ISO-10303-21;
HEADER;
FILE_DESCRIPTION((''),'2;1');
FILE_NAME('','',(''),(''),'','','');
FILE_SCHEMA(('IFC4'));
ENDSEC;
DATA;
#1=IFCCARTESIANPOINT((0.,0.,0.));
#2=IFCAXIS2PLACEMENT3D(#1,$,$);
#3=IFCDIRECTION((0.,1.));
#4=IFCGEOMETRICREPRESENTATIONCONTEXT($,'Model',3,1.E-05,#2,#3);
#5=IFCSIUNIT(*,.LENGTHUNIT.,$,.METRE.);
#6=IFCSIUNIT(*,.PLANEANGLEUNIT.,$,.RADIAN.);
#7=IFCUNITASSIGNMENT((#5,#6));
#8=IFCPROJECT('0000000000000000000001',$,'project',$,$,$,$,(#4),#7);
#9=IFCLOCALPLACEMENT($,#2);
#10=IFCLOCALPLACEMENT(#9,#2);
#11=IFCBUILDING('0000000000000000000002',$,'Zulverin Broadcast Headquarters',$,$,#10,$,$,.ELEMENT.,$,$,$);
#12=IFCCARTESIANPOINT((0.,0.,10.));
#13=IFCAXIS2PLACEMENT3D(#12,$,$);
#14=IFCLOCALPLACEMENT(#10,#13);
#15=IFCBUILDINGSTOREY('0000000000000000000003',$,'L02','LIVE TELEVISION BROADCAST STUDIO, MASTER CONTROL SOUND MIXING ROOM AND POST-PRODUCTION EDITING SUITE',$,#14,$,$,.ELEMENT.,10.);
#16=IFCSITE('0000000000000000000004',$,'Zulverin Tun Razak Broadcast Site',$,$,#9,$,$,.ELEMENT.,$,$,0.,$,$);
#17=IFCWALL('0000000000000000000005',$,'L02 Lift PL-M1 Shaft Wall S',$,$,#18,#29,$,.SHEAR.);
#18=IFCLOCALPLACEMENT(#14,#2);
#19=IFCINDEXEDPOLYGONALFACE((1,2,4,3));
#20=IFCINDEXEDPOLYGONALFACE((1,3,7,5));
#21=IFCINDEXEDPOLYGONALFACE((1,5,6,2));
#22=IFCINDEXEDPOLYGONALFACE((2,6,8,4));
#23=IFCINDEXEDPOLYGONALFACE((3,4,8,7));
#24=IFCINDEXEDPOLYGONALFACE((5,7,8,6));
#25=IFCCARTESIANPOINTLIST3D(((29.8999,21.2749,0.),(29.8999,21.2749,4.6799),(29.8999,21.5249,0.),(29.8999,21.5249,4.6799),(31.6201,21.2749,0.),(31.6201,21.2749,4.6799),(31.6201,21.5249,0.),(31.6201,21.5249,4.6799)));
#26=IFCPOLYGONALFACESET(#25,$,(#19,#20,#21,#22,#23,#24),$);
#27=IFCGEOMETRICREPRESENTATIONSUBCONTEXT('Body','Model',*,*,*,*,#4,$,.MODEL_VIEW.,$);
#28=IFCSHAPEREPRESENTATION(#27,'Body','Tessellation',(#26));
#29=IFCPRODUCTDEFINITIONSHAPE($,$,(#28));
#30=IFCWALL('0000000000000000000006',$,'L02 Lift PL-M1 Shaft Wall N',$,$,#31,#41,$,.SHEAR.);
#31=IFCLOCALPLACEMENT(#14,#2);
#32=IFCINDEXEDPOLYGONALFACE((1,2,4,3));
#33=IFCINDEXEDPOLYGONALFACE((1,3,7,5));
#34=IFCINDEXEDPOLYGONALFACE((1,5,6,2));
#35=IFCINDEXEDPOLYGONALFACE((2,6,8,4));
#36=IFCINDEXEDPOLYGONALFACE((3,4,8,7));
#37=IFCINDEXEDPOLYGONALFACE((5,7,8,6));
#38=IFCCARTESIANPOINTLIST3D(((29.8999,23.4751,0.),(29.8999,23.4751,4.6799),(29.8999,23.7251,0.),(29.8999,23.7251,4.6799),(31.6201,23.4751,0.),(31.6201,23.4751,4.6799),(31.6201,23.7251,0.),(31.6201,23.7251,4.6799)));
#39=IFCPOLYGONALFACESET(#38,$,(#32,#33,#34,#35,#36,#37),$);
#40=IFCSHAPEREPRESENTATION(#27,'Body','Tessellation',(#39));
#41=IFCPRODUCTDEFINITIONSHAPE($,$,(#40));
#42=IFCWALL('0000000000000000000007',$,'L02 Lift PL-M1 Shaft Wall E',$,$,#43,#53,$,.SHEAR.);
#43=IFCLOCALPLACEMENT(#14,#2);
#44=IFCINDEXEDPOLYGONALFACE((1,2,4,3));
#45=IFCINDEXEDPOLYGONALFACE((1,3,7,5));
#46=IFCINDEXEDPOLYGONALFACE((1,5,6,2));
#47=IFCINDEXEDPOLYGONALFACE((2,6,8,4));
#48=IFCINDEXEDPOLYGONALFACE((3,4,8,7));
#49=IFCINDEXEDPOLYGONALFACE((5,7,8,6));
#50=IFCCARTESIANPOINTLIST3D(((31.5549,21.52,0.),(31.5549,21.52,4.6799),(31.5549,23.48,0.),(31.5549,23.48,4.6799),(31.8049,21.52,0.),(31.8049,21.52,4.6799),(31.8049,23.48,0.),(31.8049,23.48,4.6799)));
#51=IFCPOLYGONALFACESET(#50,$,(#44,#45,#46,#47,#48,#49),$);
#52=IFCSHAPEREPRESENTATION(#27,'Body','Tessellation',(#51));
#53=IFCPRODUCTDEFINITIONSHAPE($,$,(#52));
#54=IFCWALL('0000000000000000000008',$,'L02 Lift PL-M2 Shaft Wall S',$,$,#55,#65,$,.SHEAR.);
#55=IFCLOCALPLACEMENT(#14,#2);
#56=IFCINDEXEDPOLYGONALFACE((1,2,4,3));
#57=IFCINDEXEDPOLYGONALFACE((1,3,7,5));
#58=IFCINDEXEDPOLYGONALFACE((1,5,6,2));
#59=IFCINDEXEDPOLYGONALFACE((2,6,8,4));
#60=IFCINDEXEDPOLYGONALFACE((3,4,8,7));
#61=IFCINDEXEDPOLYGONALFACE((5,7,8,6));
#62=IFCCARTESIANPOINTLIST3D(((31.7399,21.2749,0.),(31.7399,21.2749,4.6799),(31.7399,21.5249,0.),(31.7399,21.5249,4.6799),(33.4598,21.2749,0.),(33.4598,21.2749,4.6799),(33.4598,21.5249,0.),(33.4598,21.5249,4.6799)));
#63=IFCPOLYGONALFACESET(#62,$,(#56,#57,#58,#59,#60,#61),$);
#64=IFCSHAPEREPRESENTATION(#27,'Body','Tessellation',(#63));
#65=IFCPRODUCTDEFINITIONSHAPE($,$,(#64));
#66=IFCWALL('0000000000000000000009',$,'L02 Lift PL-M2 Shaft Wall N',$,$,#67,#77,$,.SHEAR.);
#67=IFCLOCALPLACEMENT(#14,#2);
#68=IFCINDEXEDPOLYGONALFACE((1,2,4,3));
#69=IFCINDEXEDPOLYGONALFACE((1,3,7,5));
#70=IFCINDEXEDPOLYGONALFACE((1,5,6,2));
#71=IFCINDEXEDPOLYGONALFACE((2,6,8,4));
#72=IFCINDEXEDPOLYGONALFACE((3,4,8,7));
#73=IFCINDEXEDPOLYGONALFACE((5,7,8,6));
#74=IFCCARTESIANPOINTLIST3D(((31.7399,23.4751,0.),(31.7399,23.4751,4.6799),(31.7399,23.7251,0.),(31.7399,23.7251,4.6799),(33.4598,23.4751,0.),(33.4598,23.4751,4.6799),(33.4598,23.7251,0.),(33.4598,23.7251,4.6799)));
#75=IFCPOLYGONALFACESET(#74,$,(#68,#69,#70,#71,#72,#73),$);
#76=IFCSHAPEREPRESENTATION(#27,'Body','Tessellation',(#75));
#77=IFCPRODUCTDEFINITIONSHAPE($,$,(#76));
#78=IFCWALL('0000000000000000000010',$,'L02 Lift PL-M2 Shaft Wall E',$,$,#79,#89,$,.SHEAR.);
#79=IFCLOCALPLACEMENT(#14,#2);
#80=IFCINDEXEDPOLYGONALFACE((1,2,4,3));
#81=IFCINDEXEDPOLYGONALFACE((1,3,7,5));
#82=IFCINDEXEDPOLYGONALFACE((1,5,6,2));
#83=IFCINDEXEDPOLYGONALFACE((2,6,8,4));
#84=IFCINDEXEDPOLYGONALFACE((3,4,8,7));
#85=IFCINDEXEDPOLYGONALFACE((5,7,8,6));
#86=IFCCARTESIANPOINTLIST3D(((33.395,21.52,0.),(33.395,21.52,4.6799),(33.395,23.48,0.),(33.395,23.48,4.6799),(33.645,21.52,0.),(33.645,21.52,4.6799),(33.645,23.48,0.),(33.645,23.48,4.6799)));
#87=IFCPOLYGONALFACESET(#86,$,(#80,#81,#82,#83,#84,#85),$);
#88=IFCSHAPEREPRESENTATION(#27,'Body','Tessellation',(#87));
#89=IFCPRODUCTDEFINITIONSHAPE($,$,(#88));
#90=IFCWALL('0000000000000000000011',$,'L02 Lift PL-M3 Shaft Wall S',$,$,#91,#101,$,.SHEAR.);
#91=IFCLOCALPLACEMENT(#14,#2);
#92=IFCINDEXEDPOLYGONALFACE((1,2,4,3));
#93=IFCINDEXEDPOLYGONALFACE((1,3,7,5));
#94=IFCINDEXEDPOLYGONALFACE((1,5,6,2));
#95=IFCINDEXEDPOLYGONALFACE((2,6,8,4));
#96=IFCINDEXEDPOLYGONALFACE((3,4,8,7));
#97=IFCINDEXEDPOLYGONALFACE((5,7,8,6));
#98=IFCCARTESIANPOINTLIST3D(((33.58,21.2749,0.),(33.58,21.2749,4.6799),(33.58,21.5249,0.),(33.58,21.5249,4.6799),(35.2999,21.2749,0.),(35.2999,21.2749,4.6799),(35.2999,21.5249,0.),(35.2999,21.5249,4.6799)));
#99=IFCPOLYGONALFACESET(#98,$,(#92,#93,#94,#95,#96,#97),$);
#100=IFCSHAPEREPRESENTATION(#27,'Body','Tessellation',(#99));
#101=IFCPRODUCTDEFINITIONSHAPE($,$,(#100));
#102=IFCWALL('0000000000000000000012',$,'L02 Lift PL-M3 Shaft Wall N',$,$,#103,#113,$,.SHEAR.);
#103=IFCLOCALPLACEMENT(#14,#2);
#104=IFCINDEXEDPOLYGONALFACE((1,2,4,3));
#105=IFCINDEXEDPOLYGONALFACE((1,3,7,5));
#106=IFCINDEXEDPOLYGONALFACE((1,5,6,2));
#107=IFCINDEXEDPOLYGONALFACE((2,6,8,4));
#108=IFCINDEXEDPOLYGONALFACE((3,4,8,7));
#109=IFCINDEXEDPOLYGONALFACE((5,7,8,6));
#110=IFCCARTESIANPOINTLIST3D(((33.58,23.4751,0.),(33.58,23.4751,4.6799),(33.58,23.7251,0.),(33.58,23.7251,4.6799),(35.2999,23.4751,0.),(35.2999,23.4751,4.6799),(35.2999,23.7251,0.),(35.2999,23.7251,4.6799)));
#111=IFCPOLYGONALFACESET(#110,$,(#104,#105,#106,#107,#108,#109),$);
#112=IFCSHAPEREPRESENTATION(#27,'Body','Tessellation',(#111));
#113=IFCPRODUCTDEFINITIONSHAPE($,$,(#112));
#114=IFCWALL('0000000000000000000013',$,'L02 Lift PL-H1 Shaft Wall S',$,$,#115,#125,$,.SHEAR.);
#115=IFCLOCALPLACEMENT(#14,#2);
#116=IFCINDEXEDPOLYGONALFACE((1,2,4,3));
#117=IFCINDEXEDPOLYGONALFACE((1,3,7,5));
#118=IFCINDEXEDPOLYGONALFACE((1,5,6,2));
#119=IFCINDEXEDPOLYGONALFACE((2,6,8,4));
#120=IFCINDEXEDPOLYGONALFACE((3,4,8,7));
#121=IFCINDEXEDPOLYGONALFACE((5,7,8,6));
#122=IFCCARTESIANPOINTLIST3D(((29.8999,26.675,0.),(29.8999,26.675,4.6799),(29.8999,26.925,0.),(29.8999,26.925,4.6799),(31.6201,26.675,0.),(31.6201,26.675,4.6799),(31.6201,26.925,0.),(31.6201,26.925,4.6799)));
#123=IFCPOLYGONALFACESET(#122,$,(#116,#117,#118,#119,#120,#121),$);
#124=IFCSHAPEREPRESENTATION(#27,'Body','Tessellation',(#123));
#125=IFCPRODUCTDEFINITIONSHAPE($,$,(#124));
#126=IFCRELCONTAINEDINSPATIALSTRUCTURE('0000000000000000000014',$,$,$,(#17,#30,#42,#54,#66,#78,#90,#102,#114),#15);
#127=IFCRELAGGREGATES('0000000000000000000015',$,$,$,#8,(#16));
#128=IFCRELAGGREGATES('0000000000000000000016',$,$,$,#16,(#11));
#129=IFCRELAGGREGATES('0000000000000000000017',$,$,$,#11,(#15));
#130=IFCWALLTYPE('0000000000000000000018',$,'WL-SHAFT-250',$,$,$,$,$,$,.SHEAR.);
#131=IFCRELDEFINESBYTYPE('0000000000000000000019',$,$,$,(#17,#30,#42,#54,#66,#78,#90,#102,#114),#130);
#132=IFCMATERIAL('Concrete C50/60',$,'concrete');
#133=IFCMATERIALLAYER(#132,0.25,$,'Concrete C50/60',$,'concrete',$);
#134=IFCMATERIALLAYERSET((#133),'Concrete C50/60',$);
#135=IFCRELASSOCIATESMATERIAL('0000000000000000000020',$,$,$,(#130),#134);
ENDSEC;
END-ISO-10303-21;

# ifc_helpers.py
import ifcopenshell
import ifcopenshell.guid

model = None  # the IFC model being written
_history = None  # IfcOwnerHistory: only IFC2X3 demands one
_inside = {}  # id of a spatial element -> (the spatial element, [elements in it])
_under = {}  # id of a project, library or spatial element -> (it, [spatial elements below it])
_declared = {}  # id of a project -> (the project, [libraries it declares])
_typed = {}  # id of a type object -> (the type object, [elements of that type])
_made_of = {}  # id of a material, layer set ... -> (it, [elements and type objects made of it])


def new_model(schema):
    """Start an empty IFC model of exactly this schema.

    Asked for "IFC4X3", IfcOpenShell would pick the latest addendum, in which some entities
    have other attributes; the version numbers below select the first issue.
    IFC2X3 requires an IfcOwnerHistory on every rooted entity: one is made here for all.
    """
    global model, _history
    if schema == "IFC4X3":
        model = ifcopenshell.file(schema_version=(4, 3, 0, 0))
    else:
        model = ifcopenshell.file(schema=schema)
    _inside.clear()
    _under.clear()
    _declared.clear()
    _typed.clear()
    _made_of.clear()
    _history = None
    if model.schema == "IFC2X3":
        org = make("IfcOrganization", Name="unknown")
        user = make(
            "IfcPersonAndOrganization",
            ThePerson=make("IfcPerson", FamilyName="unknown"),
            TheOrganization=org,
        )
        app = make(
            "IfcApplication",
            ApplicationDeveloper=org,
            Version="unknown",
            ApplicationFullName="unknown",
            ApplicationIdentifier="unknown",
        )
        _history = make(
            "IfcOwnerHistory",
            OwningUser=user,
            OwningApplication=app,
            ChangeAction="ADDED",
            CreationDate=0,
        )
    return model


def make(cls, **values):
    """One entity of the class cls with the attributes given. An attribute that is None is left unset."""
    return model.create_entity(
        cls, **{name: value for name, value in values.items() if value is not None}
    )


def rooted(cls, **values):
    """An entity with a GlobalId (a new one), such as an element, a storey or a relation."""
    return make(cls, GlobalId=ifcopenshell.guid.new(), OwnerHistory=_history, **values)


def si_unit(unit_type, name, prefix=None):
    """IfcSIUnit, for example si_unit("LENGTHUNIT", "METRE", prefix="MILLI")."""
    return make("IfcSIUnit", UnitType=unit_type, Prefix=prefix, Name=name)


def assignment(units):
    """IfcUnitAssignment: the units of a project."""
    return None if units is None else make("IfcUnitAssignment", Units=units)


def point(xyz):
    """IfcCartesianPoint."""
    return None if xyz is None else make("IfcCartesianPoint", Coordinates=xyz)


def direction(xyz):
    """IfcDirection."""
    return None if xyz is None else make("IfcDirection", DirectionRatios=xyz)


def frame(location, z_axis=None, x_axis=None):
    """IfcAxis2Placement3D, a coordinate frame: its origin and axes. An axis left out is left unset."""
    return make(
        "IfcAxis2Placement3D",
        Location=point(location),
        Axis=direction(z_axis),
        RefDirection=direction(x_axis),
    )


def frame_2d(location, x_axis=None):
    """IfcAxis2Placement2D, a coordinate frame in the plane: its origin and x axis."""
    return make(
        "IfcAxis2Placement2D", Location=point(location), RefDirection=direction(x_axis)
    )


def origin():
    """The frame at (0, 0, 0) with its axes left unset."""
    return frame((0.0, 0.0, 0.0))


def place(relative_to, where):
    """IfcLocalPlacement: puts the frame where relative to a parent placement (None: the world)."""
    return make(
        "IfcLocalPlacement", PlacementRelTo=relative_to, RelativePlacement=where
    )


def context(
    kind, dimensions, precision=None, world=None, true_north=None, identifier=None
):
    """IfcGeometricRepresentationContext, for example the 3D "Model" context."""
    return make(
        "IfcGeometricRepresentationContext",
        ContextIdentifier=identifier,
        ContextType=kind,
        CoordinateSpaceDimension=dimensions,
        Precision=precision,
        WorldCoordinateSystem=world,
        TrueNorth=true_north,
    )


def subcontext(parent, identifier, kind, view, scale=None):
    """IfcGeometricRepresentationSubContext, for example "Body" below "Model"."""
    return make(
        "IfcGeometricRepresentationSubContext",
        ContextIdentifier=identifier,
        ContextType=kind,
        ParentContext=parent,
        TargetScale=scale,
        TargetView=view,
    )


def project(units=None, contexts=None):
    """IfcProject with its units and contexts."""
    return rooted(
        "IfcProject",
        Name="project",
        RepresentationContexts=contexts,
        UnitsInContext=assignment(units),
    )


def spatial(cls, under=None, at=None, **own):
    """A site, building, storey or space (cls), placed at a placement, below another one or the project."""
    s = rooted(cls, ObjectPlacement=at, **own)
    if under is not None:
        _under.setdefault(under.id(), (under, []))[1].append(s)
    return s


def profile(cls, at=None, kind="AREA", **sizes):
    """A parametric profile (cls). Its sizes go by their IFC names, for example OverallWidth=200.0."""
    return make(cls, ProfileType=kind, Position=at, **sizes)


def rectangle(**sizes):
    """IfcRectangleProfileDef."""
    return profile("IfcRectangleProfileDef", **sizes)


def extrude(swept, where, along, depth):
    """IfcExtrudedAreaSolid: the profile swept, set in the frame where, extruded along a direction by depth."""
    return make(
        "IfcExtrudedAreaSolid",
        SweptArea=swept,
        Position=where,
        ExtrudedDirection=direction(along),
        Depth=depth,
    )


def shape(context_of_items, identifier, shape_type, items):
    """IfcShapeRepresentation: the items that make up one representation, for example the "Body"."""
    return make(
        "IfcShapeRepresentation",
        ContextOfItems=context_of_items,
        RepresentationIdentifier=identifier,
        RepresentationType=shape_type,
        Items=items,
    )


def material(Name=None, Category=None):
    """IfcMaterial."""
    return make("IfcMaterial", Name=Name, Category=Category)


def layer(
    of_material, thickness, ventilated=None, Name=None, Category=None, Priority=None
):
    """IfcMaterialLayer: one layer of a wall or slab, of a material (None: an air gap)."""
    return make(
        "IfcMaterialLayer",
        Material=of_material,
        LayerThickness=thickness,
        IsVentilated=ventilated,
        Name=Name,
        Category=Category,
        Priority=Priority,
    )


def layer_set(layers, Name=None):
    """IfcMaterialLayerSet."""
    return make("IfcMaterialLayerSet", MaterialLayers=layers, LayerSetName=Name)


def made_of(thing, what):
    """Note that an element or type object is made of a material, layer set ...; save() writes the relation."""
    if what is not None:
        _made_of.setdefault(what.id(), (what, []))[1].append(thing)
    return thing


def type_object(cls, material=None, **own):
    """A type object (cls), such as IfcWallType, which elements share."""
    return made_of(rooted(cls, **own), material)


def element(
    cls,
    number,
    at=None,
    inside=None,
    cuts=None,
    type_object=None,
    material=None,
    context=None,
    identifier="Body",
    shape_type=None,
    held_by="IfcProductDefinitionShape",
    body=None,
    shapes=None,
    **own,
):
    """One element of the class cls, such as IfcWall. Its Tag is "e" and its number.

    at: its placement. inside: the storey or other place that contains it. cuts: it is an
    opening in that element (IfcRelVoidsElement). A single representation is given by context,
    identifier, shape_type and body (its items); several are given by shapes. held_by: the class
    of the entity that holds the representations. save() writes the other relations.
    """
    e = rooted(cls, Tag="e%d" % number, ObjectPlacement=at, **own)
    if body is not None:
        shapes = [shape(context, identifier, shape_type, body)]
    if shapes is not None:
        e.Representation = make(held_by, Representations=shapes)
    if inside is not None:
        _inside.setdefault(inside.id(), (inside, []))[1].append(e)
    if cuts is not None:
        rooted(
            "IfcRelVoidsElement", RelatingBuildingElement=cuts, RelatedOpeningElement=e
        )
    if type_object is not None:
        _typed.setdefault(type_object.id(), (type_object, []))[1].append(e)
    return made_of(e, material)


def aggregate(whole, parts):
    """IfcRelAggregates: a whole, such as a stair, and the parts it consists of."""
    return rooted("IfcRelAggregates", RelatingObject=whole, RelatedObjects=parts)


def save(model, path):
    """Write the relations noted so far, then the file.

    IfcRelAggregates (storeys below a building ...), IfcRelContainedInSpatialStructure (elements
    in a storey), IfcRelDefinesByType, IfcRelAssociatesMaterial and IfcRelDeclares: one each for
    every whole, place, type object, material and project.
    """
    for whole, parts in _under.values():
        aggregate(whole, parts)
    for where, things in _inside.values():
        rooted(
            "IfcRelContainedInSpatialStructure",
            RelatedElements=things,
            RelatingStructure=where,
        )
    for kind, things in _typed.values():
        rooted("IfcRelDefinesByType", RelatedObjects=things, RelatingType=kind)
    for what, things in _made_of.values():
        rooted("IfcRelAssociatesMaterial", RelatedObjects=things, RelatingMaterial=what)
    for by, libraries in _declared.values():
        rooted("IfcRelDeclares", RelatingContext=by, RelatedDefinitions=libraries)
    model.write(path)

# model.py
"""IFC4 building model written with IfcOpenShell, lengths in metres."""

from ifc_helpers import new_model, si_unit, direction, frame, frame_2d, origin, place, context, subcontext, project, spatial, rectangle, extrude, material, layer, layer_set, type_object, element, save


model = new_model("IFC4")

# Units and contexts
model_context = context("Model", 3, precision=1e-05, world=origin(), true_north=direction((0.0, 1.0)))
body_context = subcontext(model_context, "Body", "Model", "MODEL_VIEW")
ifc_project = project(units=[si_unit("LENGTHUNIT", "METRE"), si_unit("PLANEANGLEUNIT", "RADIAN")], contexts=[model_context])

# Site, building, storey
site_placement = place(None, origin())
site = spatial("IfcSite", under=ifc_project, at=site_placement, Name="Zulverin Tun Razak Broadcast Site", CompositionType="ELEMENT", RefElevation=0.0)
building_placement = place(site_placement, origin())
building = spatial("IfcBuilding", under=site, at=building_placement, Name="Zulverin Broadcast Headquarters", CompositionType="ELEMENT")
storey_placement = place(building_placement, frame((0.0, 0.0, 10.0)))
storey = spatial("IfcBuildingStorey", under=building, at=storey_placement, Name="L02", Description="LIVE TELEVISION BROADCAST STUDIO, MASTER CONTROL SOUND MIXING ROOM AND POST-PRODUCTION EDITING SUITE", CompositionType="ELEMENT", Elevation=10.0)

# Shared definitions
ifc_material_1 = material(Name="Concrete C50/60", Category="concrete")
ifc_layer_1 = layer(ifc_material_1, 0.25, Name="Concrete C50/60", Category="concrete")
ifc_layer_set_1 = layer_set([ifc_layer_1], Name="Concrete C50/60")
wall_type_1 = type_object("IfcWallType", Name="WL-SHAFT-250", PredefinedType="SHEAR", material=ifc_layer_set_1)

# Walls
for number, where, z_axis, x_axis, name in (
    (1, (29.8999, 21.3999, 0.0), (0.0, 0.0, 1.0), (1.0, 0.0, 0.0), "L02 Lift PL-M1 Shaft Wall S"),
    (2, (29.8999, 23.6001, 0.0), (0.0, 0.0, 1.0), (1.0, 0.0, 0.0), "L02 Lift PL-M1 Shaft Wall N"),
):
    element("IfcWall", number, at=place(storey_placement, frame(where, z_axis=z_axis, x_axis=x_axis)), inside=storey, type_object=wall_type_1, Name=name, PredefinedType="SHEAR", context=body_context, shape_type="SweptSolid", body=[
        extrude(rectangle(XDim=1.7202, YDim=0.25, at=frame_2d((0.8601, 0.0))), origin(), (0.0, 0.0, 1.0), 4.6799),
    ])
wall_1_placement = place(storey_placement, frame((31.6799, 21.52, 0.0), z_axis=(0.0, 0.0, 1.0), x_axis=(0.0, 1.0, 0.0)))
element("IfcWall", 3, at=wall_1_placement, inside=storey, type_object=wall_type_1, Name="L02 Lift PL-M1 Shaft Wall E", PredefinedType="SHEAR", context=body_context, shape_type="SweptSolid", body=[
    extrude(rectangle(XDim=1.96, YDim=0.25, at=frame_2d((0.98, 0.0))), origin(), (0.0, 0.0, 1.0), 4.6799),
])
for number, where, z_axis, x_axis, name in (
    (4, (31.74, 21.3999, 0.0), (0.0, 0.0, 1.0), (1.0, 0.0, 0.0), "L02 Lift PL-M2 Shaft Wall S"),
    (5, (31.74, 23.6001, 0.0), (0.0, 0.0, 1.0), (1.0, 0.0, 0.0), "L02 Lift PL-M2 Shaft Wall N"),
):
    element("IfcWall", number, at=place(storey_placement, frame(where, z_axis=z_axis, x_axis=x_axis)), inside=storey, type_object=wall_type_1, Name=name, PredefinedType="SHEAR", context=body_context, shape_type="SweptSolid", body=[
        extrude(rectangle(XDim=1.72, YDim=0.25, at=frame_2d((0.8599, 0.0))), origin(), (0.0, 0.0, 1.0), 4.6799),
    ])
wall_2_placement = place(storey_placement, frame((33.52, 21.52, 0.0), z_axis=(0.0, 0.0, 1.0), x_axis=(0.0, 1.0, 0.0)))
element("IfcWall", 6, at=wall_2_placement, inside=storey, type_object=wall_type_1, Name="L02 Lift PL-M2 Shaft Wall E", PredefinedType="SHEAR", context=body_context, shape_type="SweptSolid", body=[
    extrude(rectangle(XDim=1.96, YDim=0.25, at=frame_2d((0.98, 0.0))), origin(), (0.0, 0.0, 1.0), 4.6799),
])
for number, where, z_axis, x_axis, name in (
    (7, (33.5801, 21.3999, 0.0), (0.0, 0.0, 1.0), (1.0, 0.0, 0.0), "L02 Lift PL-M3 Shaft Wall S"),
    (8, (33.5801, 23.6001, 0.0), (0.0, 0.0, 1.0), (1.0, 0.0, 0.0), "L02 Lift PL-M3 Shaft Wall N"),
):
    element("IfcWall", number, at=place(storey_placement, frame(where, z_axis=z_axis, x_axis=x_axis)), inside=storey, type_object=wall_type_1, Name=name, PredefinedType="SHEAR", context=body_context, shape_type="SweptSolid", body=[
        extrude(rectangle(XDim=1.72, YDim=0.25, at=frame_2d((0.8599, 0.0))), origin(), (0.0, 0.0, 1.0), 4.6799),
    ])
wall_3_placement = place(storey_placement, frame((29.8999, 26.8, 0.0), z_axis=(0.0, 0.0, 1.0), x_axis=(1.0, 0.0, 0.0)))
element("IfcWall", 9, at=wall_3_placement, inside=storey, type_object=wall_type_1, Name="L02 Lift PL-H1 Shaft Wall S", PredefinedType="SHEAR", context=body_context, shape_type="SweptSolid", body=[
    extrude(rectangle(XDim=1.7202, YDim=0.25, at=frame_2d((0.8601, 0.0))), origin(), (0.0, 0.0, 1.0), 4.6799),
])

save(model, "model.ifc")
